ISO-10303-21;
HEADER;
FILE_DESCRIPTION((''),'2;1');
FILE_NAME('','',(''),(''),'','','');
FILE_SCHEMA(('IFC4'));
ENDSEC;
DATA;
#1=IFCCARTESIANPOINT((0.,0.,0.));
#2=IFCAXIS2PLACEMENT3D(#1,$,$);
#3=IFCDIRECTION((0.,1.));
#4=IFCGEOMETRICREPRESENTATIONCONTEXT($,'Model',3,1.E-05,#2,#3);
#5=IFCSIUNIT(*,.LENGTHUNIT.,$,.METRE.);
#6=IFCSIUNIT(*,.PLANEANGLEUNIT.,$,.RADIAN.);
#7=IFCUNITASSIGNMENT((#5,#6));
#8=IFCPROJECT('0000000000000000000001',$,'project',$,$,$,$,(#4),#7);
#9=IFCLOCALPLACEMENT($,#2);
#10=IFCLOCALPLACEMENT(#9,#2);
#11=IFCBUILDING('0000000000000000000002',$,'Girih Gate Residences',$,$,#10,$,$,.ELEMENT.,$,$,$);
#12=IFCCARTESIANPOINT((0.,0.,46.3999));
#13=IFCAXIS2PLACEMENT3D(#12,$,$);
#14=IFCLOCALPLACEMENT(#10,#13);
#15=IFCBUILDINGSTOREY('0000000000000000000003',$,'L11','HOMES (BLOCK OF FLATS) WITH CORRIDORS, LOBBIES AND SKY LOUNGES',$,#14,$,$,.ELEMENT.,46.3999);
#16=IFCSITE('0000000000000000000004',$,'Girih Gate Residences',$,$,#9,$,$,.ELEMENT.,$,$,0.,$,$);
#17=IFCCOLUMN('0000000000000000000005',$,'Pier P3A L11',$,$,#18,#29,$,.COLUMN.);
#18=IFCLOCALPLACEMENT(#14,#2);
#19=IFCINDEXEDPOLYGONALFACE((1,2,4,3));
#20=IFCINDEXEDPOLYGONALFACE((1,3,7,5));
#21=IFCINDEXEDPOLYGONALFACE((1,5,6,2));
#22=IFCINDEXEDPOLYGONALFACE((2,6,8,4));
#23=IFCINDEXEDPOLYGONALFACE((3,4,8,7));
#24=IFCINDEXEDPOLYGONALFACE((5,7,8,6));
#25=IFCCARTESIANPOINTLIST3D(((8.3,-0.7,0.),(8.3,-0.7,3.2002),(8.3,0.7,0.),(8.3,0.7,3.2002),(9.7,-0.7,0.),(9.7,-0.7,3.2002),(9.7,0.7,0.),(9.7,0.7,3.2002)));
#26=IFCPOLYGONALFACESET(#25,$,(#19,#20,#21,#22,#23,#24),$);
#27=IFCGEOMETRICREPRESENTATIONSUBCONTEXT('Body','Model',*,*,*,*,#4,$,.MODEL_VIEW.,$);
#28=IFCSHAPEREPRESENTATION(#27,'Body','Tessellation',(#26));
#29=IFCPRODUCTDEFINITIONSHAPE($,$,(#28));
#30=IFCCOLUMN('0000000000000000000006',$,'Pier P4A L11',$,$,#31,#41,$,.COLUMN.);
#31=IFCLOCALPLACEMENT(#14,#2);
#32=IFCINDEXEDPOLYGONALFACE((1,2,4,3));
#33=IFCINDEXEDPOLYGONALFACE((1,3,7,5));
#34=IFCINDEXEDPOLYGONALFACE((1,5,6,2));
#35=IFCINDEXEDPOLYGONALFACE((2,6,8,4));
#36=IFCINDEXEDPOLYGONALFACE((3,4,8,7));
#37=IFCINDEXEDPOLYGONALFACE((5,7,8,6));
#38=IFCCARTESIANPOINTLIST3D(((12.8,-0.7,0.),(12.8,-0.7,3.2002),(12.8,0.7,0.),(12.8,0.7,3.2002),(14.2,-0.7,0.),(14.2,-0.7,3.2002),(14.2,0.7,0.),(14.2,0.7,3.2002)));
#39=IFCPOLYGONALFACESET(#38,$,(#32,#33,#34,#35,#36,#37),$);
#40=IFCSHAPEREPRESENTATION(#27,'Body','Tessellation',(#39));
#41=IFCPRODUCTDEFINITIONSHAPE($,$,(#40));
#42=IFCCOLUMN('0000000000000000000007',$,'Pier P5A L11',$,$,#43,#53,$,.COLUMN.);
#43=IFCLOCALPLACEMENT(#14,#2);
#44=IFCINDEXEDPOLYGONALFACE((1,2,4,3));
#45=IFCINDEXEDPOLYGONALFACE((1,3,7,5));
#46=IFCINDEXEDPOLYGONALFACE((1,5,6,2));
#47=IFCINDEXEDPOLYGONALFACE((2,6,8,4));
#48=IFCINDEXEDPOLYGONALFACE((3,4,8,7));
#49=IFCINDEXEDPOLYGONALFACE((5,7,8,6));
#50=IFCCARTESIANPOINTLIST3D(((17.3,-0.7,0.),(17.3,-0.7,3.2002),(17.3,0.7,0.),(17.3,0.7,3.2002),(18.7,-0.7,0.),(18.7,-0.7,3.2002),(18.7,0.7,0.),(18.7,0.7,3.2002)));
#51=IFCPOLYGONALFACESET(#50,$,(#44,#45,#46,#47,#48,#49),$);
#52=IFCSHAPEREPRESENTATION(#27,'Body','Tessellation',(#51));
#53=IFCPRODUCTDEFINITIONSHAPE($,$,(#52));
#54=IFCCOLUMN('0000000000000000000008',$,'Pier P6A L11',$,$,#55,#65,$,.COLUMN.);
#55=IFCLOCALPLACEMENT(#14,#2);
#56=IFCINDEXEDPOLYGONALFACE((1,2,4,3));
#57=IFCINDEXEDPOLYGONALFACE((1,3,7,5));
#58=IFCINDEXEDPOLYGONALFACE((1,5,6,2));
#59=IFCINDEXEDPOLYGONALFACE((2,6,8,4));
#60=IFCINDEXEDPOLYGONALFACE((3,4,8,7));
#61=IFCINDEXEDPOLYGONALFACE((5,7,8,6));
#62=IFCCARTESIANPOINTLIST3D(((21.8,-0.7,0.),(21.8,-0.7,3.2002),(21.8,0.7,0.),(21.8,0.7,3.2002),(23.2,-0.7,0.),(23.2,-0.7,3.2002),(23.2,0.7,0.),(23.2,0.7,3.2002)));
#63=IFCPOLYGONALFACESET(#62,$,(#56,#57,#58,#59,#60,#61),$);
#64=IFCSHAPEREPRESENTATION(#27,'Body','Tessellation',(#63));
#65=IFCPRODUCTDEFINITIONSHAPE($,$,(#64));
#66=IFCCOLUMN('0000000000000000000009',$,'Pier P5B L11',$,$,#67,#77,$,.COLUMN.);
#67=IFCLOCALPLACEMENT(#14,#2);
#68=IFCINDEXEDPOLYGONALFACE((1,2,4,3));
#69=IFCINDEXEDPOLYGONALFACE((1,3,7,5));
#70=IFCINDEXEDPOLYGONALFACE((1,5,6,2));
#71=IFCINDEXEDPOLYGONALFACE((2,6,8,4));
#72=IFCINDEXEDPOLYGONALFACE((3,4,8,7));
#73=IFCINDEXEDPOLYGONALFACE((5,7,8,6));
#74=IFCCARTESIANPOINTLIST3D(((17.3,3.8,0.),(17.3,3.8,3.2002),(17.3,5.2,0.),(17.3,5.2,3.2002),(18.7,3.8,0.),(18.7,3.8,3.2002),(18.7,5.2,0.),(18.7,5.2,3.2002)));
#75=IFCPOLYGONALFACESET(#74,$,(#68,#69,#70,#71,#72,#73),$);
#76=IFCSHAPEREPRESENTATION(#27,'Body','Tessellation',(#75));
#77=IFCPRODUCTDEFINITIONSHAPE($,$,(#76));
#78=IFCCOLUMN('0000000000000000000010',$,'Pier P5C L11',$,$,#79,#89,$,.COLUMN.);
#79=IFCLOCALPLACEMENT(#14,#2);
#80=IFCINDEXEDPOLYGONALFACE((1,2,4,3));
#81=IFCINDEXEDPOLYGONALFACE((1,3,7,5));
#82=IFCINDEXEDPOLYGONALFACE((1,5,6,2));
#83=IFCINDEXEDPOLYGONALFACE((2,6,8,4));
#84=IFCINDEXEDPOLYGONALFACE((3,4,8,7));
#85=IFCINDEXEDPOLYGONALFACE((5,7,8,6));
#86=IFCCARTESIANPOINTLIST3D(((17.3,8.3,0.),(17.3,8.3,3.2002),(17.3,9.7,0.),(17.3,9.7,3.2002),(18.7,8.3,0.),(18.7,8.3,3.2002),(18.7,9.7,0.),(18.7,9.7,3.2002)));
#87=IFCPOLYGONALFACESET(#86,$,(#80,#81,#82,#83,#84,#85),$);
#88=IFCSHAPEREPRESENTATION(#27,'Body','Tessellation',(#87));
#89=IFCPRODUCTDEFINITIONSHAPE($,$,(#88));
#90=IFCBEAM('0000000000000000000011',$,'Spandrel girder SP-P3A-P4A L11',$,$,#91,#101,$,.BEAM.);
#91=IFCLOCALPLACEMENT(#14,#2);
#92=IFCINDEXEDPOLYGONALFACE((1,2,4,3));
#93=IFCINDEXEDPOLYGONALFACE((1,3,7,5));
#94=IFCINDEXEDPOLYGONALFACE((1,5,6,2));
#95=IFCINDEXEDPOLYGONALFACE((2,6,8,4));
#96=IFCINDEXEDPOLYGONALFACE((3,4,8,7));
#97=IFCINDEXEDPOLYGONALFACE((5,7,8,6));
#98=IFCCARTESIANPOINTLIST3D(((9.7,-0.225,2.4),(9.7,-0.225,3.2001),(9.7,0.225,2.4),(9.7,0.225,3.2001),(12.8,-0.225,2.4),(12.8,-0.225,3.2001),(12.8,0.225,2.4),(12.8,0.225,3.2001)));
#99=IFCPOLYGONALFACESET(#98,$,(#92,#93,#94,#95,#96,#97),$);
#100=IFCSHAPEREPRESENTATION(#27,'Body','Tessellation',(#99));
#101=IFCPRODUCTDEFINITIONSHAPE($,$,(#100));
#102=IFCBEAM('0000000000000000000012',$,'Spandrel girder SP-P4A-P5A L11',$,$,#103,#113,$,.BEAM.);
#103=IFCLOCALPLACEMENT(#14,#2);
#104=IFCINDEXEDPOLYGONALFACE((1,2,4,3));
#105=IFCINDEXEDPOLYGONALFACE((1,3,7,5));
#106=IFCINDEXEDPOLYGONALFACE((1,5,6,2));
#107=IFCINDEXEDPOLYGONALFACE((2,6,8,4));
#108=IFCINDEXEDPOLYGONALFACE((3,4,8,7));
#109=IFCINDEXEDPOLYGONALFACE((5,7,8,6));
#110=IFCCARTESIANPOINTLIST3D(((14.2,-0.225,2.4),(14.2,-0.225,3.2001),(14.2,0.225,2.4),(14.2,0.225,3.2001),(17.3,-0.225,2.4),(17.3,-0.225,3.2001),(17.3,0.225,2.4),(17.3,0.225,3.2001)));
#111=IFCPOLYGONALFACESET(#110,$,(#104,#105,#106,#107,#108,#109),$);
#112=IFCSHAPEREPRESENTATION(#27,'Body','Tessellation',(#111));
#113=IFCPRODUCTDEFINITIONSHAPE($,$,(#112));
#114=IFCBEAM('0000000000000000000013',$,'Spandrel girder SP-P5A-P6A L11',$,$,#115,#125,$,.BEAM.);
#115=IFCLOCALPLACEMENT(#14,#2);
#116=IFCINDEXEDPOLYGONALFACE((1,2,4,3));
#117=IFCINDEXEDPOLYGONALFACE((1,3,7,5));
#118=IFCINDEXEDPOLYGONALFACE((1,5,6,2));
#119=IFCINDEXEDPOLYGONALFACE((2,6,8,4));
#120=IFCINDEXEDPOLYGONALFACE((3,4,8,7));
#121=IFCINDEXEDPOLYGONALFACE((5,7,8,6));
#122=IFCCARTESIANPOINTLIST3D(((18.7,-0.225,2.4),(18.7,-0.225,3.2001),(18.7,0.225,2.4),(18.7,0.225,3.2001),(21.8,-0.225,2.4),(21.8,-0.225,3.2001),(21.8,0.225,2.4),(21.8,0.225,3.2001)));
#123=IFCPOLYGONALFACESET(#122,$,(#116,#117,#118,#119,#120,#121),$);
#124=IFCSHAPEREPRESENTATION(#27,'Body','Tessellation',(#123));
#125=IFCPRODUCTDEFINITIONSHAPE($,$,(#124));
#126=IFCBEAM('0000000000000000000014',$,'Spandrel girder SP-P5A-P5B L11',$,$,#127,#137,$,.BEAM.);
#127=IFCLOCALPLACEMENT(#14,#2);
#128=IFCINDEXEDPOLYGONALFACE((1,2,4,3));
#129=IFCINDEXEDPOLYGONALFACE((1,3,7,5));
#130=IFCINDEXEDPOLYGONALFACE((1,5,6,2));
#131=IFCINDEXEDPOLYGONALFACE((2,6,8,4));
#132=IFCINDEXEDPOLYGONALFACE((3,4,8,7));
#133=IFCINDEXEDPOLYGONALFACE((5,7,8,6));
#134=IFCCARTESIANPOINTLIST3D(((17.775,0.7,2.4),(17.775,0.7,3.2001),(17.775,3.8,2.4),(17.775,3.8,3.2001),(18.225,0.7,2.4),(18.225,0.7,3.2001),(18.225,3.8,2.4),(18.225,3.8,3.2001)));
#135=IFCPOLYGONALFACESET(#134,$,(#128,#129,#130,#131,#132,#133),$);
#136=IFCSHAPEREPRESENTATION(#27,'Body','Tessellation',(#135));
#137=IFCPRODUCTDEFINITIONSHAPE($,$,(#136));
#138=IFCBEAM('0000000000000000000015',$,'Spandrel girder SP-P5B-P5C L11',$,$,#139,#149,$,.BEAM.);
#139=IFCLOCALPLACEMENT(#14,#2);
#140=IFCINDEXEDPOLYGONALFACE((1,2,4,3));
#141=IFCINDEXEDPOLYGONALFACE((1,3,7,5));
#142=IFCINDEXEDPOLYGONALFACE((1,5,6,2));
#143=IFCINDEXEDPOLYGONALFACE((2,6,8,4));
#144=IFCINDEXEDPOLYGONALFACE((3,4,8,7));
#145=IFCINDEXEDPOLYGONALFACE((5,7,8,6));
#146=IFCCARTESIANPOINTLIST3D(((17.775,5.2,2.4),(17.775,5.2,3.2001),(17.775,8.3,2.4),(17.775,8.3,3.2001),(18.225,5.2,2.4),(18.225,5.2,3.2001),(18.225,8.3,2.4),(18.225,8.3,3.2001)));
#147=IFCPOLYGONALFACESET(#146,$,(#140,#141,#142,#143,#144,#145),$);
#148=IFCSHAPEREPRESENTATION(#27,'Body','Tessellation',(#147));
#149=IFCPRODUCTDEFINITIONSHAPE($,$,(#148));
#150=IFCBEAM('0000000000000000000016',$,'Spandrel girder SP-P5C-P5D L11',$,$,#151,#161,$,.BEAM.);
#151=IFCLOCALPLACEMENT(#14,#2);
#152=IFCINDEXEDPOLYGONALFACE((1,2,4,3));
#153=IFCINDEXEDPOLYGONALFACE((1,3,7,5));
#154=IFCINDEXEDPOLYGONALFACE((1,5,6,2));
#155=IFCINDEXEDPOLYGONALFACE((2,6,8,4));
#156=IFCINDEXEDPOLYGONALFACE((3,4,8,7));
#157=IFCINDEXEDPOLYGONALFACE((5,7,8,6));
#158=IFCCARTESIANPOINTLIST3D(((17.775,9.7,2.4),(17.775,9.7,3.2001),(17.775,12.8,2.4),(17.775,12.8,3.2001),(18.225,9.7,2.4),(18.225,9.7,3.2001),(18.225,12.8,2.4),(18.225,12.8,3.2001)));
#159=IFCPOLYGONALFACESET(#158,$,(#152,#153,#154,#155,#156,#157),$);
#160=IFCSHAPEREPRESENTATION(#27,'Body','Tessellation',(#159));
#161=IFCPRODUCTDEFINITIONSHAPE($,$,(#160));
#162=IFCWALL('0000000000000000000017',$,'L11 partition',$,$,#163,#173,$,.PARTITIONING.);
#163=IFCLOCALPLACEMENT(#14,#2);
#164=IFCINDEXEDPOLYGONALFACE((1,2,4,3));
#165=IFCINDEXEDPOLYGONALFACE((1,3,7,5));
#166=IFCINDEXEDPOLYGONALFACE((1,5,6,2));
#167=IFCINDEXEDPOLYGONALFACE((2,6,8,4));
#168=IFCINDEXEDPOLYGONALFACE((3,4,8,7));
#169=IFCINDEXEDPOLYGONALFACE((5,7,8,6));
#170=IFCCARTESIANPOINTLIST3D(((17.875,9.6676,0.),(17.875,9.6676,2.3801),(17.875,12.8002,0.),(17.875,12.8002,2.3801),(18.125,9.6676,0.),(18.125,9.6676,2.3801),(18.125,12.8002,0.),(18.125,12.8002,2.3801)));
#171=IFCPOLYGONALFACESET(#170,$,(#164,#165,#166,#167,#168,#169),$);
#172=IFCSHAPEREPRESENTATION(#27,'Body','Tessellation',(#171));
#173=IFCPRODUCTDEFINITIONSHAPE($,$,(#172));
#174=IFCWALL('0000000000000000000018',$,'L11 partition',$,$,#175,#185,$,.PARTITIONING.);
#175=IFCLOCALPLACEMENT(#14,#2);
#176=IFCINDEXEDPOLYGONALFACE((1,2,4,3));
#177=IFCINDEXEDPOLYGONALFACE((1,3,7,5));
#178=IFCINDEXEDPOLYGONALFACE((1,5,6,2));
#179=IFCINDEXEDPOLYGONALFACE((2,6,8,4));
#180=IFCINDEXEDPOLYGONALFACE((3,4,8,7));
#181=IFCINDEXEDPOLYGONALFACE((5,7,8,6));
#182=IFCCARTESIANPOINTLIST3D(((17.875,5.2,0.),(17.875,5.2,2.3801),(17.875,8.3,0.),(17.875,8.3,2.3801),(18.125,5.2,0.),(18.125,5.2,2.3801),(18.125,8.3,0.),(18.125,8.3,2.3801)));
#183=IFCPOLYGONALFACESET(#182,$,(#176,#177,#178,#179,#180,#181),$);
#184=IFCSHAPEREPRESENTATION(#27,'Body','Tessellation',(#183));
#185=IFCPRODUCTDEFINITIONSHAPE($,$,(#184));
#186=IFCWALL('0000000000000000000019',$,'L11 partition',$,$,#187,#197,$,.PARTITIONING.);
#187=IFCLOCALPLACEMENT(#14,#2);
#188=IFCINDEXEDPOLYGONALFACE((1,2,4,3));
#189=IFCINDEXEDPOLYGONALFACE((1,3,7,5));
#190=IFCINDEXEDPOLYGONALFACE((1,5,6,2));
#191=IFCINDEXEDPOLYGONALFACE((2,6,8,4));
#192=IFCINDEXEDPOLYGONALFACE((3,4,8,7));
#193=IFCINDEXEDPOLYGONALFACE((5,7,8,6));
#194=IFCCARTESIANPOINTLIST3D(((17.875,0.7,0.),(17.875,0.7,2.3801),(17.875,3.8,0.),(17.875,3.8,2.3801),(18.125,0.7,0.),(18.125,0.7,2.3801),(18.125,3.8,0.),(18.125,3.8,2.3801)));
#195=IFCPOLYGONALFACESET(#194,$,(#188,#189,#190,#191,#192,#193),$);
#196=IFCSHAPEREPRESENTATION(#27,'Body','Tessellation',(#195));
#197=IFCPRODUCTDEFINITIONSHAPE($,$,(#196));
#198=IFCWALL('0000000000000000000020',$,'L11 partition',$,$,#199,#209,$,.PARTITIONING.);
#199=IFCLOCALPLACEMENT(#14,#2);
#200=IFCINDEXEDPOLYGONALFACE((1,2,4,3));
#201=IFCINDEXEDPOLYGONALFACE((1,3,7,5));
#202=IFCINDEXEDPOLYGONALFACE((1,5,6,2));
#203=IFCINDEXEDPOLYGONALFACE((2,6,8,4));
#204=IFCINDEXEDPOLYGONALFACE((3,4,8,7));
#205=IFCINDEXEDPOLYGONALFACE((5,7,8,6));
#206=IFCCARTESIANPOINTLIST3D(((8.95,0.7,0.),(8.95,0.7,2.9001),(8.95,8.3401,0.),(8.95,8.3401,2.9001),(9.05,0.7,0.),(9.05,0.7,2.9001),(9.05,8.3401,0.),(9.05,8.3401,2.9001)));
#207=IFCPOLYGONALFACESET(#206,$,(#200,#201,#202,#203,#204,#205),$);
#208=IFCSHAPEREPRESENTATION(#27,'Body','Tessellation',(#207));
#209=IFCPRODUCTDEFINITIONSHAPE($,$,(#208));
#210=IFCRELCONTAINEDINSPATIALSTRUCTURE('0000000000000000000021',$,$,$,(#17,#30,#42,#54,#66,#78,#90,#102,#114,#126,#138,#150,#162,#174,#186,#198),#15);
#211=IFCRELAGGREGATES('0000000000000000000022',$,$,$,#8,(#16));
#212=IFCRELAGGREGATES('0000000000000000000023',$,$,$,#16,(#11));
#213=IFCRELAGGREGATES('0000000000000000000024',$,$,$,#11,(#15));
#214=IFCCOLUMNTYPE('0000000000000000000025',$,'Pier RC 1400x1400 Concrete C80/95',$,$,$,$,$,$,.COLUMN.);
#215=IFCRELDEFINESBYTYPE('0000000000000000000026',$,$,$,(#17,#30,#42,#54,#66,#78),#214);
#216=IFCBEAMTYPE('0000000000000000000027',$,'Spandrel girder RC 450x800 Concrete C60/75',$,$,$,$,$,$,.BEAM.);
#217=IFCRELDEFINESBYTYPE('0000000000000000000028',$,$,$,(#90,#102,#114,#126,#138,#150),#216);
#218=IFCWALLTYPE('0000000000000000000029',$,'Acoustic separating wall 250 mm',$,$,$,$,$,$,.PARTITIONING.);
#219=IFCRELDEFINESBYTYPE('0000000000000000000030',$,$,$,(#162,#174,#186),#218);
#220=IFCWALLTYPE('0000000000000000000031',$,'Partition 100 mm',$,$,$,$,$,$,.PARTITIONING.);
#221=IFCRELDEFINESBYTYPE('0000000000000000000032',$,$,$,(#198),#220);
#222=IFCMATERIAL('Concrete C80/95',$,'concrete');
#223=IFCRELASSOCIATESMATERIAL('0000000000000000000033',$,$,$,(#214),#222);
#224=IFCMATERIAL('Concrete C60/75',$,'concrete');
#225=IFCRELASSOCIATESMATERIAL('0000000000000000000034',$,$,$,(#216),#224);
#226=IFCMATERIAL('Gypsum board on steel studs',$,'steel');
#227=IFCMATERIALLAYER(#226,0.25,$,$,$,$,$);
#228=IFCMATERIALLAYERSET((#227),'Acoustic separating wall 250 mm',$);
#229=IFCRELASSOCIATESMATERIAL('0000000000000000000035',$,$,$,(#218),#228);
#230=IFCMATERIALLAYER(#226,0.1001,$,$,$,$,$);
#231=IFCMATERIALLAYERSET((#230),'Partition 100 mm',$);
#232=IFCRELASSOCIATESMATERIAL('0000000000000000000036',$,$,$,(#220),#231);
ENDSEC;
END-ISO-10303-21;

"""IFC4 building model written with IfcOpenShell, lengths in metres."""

from ifc_helpers import new_model, si_unit, direction, frame, frame_2d, origin, origin_2d, place, context, subcontext, project, spatial, rectangle, extrude, material, layer, layer_set, material_profile, profile_set, type_object, element, save


model = new_model("IFC4")

# Units and contexts
model_context = context("Model", 3, precision=1e-05, world=origin(), true_north=direction((0.0, 1.0)))
body_context = subcontext(model_context, "Body", "Model", "MODEL_VIEW")
ifc_project = project(units=[si_unit("LENGTHUNIT", "METRE"), si_unit("PLANEANGLEUNIT", "RADIAN")], contexts=[model_context])

# Site, building, storey
site_placement = place(None, origin())
site = spatial("IfcSite", under=ifc_project, at=site_placement, Name="Girih Gate Residences", CompositionType="ELEMENT", RefElevation=0.0)
building_placement = place(site_placement, origin())
building = spatial("IfcBuilding", under=site, at=building_placement, Name="Girih Gate Residences", CompositionType="ELEMENT")
storey_placement = place(building_placement, frame((0.0, 0.0, 46.3999)))
storey = spatial("IfcBuildingStorey", under=building, at=storey_placement, Name="L11", Description="HOMES (BLOCK OF FLATS) WITH CORRIDORS, LOBBIES AND SKY LOUNGES", CompositionType="ELEMENT", Elevation=46.3999)

# Columns
ifc_material_1 = material(Name="Concrete C80/95", Category="concrete")
ifc_material_profile_1 = material_profile(ifc_material_1, rectangle(XDim=1.3999, YDim=1.3999, at=origin_2d()))
ifc_profile_set_1 = profile_set([ifc_material_profile_1], Name="Concrete C80/95")
column_type = type_object("IfcColumnType", Name="Pier RC 1400x1400 Concrete C80/95", PredefinedType="COLUMN", material=ifc_profile_set_1)
for number, where, z_axis, x_axis, name in (
    (1, (9.0, 0.0, 0.0), (0.0, 0.0, 1.0), (1.0, 0.0, 0.0), "Pier P3A L11"),
    (2, (13.5, 0.0, 0.0), (0.0, 0.0, 1.0), (1.0, 0.0, 0.0), "Pier P4A L11"),
    (3, (18.0, 0.0, 0.0), (0.0, 0.0, 1.0), (1.0, 0.0, 0.0), "Pier P5A L11"),
    (4, (22.5, 0.0, 0.0), (0.0, 0.0, 1.0), (1.0, 0.0, 0.0), "Pier P6A L11"),
    (5, (18.0, 4.5, 0.0), (0.0, 0.0, 1.0), (1.0, 0.0, 0.0), "Pier P5B L11"),
    (6, (18.0, 9.0, 0.0), (0.0, 0.0, 1.0), (1.0, 0.0, 0.0), "Pier P5C L11"),
):
    element("IfcColumn", number, at=place(storey_placement, frame(where, z_axis=z_axis, x_axis=x_axis)), inside=storey, type_object=column_type, Name=name, PredefinedType="COLUMN", context=body_context, shape_type="SweptSolid", body=[
        extrude(rectangle(XDim=1.3999, YDim=1.3999, at=origin_2d()), origin(), (0.0, 0.0, 1.0), 3.2002),
    ])

# Beams
ifc_material_2 = material(Name="Concrete C60/75", Category="concrete")
ifc_material_profile_2 = material_profile(ifc_material_2, rectangle(XDim=0.45, YDim=0.8, at=origin_2d()))
ifc_profile_set_2 = profile_set([ifc_material_profile_2], Name="Concrete C60/75")
beam_type = type_object("IfcBeamType", Name="Spandrel girder RC 450x800 Concrete C60/75", PredefinedType="BEAM", material=ifc_profile_set_2)
for number, where, z_axis, x_axis, name in (
    (7, (9.7, 0.0, 2.8), (1.0, 0.0, 0.0), (0.0, 1.0, 0.0), "Spandrel girder SP-P3A-P4A L11"),
    (8, (14.2, 0.0, 2.8), (1.0, 0.0, 0.0), (0.0, 1.0, 0.0), "Spandrel girder SP-P4A-P5A L11"),
    (9, (18.7, 0.0, 2.8), (1.0, 0.0, 0.0), (0.0, 1.0, 0.0), "Spandrel girder SP-P5A-P6A L11"),
    (10, (18.0, 0.7, 2.8), (0.0, 1.0, 0.0), (-1.0, 0.0, 0.0), "Spandrel girder SP-P5A-P5B L11"),
    (11, (18.0, 5.2, 2.8), (0.0, 1.0, 0.0), (-1.0, 0.0, 0.0), "Spandrel girder SP-P5B-P5C L11"),
    (12, (18.0, 9.7, 2.8), (0.0, 1.0, 0.0), (-1.0, 0.0, 0.0), "Spandrel girder SP-P5C-P5D L11"),
):
    element("IfcBeam", number, at=place(storey_placement, frame(where, z_axis=z_axis, x_axis=x_axis)), inside=storey, type_object=beam_type, Name=name, PredefinedType="BEAM", context=body_context, shape_type="SweptSolid", body=[
        extrude(rectangle(XDim=0.45, YDim=0.8, at=origin_2d()), origin(), (0.0, 0.0, 1.0), 3.1001),
    ])

# Walls
ifc_material_3 = material(Name="Gypsum board on steel studs", Category="steel")
ifc_layer_1 = layer(ifc_material_3, 0.25)
ifc_layer_set_1 = layer_set([ifc_layer_1], Name="Acoustic separating wall 250 mm")
wall_type_1 = type_object("IfcWallType", Name="Acoustic separating wall 250 mm", PredefinedType="PARTITIONING", material=ifc_layer_set_1)
wall_1_placement = place(storey_placement, frame((18.0, 9.6675, 0.0), z_axis=(0.0, 0.0, 1.0), x_axis=(0.0, 1.0, 0.0)))
element("IfcWall", 13, at=wall_1_placement, inside=storey, type_object=wall_type_1, Name="L11 partition", PredefinedType="PARTITIONING", context=body_context, shape_type="SweptSolid", body=[
    extrude(rectangle(XDim=3.1326, YDim=0.25, at=frame_2d((1.5664, 0.0))), origin(), (0.0, 0.0, 1.0), 2.3801),
])
for number, where, z_axis, x_axis, name in (
    (14, (18.0, 5.2, 0.0), (0.0, 0.0, 1.0), (0.0, 1.0, 0.0), "L11 partition"),
    (15, (18.0, 0.7, 0.0), (0.0, 0.0, 1.0), (0.0, 1.0, 0.0), "L11 partition"),
):
    element("IfcWall", number, at=place(storey_placement, frame(where, z_axis=z_axis, x_axis=x_axis)), inside=storey, type_object=wall_type_1, Name=name, PredefinedType="PARTITIONING", context=body_context, shape_type="SweptSolid", body=[
        extrude(rectangle(XDim=3.1001, YDim=0.25, at=frame_2d((1.55, 0.0))), origin(), (0.0, 0.0, 1.0), 2.3801),
    ])
ifc_layer_2 = layer(ifc_material_3, 0.1001)
ifc_layer_set_2 = layer_set([ifc_layer_2], Name="Partition 100 mm")
wall_type_2 = type_object("IfcWallType", Name="Partition 100 mm", PredefinedType="PARTITIONING", material=ifc_layer_set_2)
wall_2_placement = place(storey_placement, frame((9.0, 0.7, 0.0), z_axis=(0.0, 0.0, 1.0), x_axis=(0.0, 1.0, 0.0)))
element("IfcWall", 16, at=wall_2_placement, inside=storey, type_object=wall_type_2, Name="L11 partition", PredefinedType="PARTITIONING", context=body_context, shape_type="SweptSolid", body=[
    extrude(rectangle(XDim=7.6401, YDim=0.1001, at=frame_2d((3.8201, 0.0))), origin(), (0.0, 0.0, 1.0), 2.9001),
])

save(model, "model.ifc")
